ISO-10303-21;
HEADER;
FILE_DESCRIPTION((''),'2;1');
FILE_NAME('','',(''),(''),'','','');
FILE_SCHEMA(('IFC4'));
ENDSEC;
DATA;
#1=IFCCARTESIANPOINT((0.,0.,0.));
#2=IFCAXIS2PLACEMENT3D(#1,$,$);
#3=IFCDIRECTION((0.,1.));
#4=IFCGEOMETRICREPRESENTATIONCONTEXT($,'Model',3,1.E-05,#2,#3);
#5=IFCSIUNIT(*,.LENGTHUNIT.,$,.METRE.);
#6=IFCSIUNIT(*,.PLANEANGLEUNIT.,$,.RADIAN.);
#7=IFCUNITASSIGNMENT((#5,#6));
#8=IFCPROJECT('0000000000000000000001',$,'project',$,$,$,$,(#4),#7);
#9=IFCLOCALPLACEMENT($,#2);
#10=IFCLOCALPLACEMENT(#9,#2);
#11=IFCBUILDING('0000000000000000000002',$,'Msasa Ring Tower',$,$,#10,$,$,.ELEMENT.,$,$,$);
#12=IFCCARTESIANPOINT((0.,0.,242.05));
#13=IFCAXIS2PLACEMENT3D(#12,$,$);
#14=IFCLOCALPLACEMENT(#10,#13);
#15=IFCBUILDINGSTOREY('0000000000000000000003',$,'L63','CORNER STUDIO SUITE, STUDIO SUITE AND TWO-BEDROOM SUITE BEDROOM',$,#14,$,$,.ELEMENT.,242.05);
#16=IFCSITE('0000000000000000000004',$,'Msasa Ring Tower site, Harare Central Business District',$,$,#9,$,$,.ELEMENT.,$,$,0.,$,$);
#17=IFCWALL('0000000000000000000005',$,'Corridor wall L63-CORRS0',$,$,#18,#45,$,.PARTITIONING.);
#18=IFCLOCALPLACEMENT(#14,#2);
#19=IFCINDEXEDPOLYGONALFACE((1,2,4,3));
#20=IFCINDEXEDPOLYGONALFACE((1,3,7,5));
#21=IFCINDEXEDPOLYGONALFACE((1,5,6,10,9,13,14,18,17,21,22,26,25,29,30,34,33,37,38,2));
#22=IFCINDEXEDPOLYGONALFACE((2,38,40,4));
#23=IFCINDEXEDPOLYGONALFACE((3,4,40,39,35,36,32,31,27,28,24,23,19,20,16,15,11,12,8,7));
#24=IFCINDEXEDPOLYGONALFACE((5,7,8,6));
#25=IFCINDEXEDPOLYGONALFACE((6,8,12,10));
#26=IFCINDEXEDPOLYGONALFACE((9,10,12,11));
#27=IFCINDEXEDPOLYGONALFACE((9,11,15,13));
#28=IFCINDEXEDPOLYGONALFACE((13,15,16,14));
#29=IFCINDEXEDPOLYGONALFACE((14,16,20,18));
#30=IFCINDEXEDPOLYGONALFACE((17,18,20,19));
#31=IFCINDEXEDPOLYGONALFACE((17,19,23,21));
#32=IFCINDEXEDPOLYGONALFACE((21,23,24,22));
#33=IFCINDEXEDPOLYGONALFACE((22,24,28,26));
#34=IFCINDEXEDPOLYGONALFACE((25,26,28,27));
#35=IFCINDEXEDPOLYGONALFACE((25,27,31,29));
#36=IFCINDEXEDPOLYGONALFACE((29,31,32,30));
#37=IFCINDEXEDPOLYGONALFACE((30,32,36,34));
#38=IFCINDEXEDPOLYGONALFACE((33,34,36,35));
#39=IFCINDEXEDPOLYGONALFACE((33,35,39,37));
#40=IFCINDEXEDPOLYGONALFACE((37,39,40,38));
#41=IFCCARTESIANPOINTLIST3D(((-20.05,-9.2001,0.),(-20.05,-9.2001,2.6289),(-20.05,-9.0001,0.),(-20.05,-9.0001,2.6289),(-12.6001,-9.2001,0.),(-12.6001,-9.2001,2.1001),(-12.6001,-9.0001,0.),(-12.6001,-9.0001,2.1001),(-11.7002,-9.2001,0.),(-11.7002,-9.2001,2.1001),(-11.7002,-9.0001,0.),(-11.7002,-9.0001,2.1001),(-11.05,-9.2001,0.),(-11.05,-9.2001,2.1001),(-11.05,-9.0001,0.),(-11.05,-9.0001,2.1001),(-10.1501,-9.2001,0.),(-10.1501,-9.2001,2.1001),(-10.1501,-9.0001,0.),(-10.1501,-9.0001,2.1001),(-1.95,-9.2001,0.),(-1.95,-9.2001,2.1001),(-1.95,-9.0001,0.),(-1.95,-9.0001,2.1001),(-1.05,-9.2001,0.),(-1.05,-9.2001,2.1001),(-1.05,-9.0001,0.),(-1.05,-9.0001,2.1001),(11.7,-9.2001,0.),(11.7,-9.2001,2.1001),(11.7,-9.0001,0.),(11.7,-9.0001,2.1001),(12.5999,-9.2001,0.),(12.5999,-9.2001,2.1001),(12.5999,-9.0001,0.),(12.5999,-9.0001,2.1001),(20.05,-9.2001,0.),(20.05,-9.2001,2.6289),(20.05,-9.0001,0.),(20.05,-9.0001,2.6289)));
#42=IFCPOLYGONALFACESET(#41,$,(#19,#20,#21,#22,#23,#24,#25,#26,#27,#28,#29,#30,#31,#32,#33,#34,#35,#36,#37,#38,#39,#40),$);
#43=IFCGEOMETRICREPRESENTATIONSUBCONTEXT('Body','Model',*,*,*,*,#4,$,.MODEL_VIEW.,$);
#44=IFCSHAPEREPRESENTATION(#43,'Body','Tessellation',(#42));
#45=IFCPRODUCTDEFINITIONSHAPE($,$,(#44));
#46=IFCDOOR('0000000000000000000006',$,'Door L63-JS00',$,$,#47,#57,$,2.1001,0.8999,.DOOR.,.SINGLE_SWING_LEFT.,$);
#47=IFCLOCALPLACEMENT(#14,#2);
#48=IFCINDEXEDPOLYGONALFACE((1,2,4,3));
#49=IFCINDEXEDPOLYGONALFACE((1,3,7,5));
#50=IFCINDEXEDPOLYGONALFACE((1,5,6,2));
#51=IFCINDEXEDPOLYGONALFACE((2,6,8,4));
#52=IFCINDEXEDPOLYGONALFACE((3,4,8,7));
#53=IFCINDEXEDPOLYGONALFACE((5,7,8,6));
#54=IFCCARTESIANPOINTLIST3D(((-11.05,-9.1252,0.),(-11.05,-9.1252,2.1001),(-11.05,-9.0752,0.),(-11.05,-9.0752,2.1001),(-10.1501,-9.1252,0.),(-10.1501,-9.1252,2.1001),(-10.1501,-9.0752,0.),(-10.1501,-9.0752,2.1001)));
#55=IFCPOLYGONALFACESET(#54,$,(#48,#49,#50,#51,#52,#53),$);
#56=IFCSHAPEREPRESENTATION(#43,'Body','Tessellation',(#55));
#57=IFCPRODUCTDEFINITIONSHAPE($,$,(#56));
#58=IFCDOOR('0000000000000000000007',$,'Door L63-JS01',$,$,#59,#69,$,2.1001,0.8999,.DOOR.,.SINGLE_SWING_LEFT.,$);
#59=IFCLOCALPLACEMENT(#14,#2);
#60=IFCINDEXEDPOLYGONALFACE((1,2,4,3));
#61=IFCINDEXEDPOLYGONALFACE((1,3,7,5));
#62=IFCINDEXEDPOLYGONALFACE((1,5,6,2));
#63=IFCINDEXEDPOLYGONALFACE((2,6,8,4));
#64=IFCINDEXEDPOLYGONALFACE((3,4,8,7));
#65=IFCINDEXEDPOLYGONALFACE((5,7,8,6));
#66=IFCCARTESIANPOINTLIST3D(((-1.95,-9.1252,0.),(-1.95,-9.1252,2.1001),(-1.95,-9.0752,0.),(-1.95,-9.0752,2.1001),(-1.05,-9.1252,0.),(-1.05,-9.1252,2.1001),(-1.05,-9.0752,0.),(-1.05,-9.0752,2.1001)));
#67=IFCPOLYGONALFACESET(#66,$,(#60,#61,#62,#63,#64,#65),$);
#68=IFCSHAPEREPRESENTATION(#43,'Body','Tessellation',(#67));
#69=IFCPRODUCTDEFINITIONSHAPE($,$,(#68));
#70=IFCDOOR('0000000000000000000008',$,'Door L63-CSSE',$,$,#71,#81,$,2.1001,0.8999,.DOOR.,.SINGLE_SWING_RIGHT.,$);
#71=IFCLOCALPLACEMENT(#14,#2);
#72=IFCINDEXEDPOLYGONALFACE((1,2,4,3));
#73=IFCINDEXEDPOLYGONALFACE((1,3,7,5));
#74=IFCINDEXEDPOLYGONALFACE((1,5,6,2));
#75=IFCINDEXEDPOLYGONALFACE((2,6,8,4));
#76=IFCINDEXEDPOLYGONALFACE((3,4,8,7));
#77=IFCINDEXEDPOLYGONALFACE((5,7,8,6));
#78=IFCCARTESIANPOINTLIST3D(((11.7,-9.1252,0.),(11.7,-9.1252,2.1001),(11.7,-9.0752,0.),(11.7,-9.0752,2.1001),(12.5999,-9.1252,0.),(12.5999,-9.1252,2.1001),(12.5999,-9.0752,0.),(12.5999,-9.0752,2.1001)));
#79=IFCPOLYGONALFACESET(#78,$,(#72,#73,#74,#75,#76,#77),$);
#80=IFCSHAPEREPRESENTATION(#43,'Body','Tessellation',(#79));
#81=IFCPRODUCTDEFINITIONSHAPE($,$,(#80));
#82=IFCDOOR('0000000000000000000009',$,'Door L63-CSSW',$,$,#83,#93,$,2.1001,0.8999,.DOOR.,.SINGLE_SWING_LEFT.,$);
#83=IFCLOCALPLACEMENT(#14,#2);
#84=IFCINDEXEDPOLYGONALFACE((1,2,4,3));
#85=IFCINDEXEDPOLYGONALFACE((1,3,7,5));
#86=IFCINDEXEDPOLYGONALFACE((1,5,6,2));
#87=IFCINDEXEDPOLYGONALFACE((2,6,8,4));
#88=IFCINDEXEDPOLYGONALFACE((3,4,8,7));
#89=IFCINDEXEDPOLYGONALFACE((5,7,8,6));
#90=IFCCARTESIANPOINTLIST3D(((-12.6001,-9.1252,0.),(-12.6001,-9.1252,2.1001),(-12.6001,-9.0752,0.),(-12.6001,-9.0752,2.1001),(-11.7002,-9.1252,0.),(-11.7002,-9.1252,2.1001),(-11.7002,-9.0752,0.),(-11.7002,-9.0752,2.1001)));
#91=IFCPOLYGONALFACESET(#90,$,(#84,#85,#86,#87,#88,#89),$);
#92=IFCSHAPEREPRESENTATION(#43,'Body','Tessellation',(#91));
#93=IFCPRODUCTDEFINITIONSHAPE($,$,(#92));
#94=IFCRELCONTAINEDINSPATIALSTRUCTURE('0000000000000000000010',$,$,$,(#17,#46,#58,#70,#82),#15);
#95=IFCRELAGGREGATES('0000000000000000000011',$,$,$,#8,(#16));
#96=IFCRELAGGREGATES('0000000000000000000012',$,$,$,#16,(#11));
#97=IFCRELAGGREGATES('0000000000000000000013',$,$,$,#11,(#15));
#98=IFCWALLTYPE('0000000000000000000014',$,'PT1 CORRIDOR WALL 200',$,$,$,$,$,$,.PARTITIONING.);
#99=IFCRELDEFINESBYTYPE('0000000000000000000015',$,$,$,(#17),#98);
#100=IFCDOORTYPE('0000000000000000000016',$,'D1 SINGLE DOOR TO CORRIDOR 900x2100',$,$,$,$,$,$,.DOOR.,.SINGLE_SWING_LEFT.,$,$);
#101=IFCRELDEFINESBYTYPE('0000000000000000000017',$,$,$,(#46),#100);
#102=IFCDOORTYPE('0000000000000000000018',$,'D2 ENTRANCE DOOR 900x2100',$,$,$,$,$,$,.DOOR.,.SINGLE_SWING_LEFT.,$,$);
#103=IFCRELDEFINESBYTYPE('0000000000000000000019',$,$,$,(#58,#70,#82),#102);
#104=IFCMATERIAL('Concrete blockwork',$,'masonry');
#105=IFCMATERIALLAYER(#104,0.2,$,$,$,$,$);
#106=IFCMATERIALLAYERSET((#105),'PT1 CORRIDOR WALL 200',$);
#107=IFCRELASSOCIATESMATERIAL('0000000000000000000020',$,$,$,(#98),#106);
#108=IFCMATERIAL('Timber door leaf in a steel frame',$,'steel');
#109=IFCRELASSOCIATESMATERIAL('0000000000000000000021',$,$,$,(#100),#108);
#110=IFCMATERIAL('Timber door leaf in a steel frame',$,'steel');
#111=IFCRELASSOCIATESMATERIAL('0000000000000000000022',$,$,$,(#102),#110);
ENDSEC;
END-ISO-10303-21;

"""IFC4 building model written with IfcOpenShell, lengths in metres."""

from ifc_helpers import new_model, si_unit, direction, frame, frame_2d, origin, place, context, subcontext, project, spatial, rectangle, extrude, material, layer, layer_set, type_object, element, fill, save


model = new_model("IFC4")

# Units and contexts
model_context = context("Model", 3, precision=1e-05, world=origin(), true_north=direction((0.0, 1.0)))
body_context = subcontext(model_context, "Body", "Model", "MODEL_VIEW")
ifc_project = project(units=[si_unit("LENGTHUNIT", "METRE"), si_unit("PLANEANGLEUNIT", "RADIAN")], contexts=[model_context])

# Site, building, storey
site_placement = place(None, origin())
site = spatial("IfcSite", under=ifc_project, at=site_placement, Name="Msasa Ring Tower site, Harare Central Business District", CompositionType="ELEMENT", RefElevation=0.0)
building_placement = place(site_placement, origin())
building = spatial("IfcBuilding", under=site, at=building_placement, Name="Msasa Ring Tower", CompositionType="ELEMENT")
storey_placement = place(building_placement, frame((0.0, 0.0, 242.05)))
storey = spatial("IfcBuildingStorey", under=building, at=storey_placement, Name="L63", Description="CORNER STUDIO SUITE, STUDIO SUITE AND TWO-BEDROOM SUITE BEDROOM", CompositionType="ELEMENT", Elevation=242.05)

# Wall, openings, doors
ifc_material_1 = material(Name="Concrete blockwork", Category="masonry")
ifc_layer_1 = layer(ifc_material_1, 0.2)
ifc_layer_set_1 = layer_set([ifc_layer_1], Name="PT1 CORRIDOR WALL 200")
wall_type_1 = type_object("IfcWallType", Name="PT1 CORRIDOR WALL 200", PredefinedType="PARTITIONING", material=ifc_layer_set_1)
wall_1_placement = place(storey_placement, frame((-20.05, -9.1001, 0.0), z_axis=(0.0, 0.0, 1.0), x_axis=(1.0, 0.0, 0.0)))
wall_1 = element("IfcWall", 1, at=wall_1_placement, inside=storey, type_object=wall_type_1, Name="Corridor wall L63-CORRS0", PredefinedType="PARTITIONING", context=body_context, shape_type="SweptSolid", body=[
    extrude(rectangle(XDim=40.1001, YDim=0.2, at=frame_2d((20.05, 0.0))), origin(), (0.0, 0.0, 1.0), 2.6289),
])
opening_1_placement = place(wall_1_placement, frame((9.0, 0.0, 0.0)))
opening_1 = element("IfcOpeningElement", 2, at=opening_1_placement, cuts=wall_1, PredefinedType="OPENING", context=body_context, shape_type="SweptSolid", body=[
    extrude(rectangle(XDim=0.8999, YDim=2.1001, at=frame_2d((0.45, 1.05))), frame((0.0, 0.1099, 0.0), z_axis=(0.0, -1.0, 0.0), x_axis=(1.0, 0.0, 0.0)), (0.0, 0.0, 1.0), 0.22),
])
opening_2_placement = place(wall_1_placement, frame((18.1001, 0.0, 0.0)))
opening_2 = element("IfcOpeningElement", 3, at=opening_2_placement, cuts=wall_1, PredefinedType="OPENING", context=body_context, shape_type="SweptSolid", body=[
    extrude(rectangle(XDim=0.8999, YDim=2.1001, at=frame_2d((0.45, 1.05))), frame((0.0, 0.1099, 0.0), z_axis=(0.0, -1.0, 0.0), x_axis=(1.0, 0.0, 0.0)), (0.0, 0.0, 1.0), 0.22),
])
opening_3_placement = place(wall_1_placement, frame((31.75, 0.0, 0.0)))
opening_3 = element("IfcOpeningElement", 4, at=opening_3_placement, cuts=wall_1, PredefinedType="OPENING", context=body_context, shape_type="SweptSolid", body=[
    extrude(rectangle(XDim=0.8999, YDim=2.1001, at=frame_2d((0.45, 1.05))), frame((0.0, 0.1099, 0.0), z_axis=(0.0, -1.0, 0.0), x_axis=(1.0, 0.0, 0.0)), (0.0, 0.0, 1.0), 0.22),
])
opening_4_placement = place(wall_1_placement, frame((7.45, 0.0, 0.0)))
opening_4 = element("IfcOpeningElement", 5, at=opening_4_placement, cuts=wall_1, PredefinedType="OPENING", context=body_context, shape_type="SweptSolid", body=[
    extrude(rectangle(XDim=0.8999, YDim=2.1001, at=frame_2d((0.45, 1.05))), frame((0.0, 0.1099, 0.0), z_axis=(0.0, -1.0, 0.0), x_axis=(1.0, 0.0, 0.0)), (0.0, 0.0, 1.0), 0.22),
])
ifc_material_2 = material(Name="Timber door leaf in a steel frame", Category="steel")
door_type_1 = type_object("IfcDoorType", Name="D1 SINGLE DOOR TO CORRIDOR 900x2100", OperationType="SINGLE_SWING_LEFT", PredefinedType="DOOR", material=ifc_material_2)
door_1_placement = place(opening_1_placement, origin())
door_1 = element("IfcDoor", 6, at=door_1_placement, inside=storey, type_object=door_type_1, Name="Door L63-JS00", OperationType="SINGLE_SWING_LEFT", OverallHeight=2.1001, OverallWidth=0.8999, PredefinedType="DOOR", context=body_context, shape_type="SweptSolid", body=[
    extrude(rectangle(XDim=0.8999, YDim=2.1001, at=frame_2d((0.45, 1.05))), frame((0.0, 0.0249, 0.0), z_axis=(0.0, -1.0, 0.0), x_axis=(1.0, 0.0, 0.0)), (0.0, 0.0, 1.0), 0.05),
])
fill(opening_1, door_1)
ifc_material_3 = material(Name="Timber door leaf in a steel frame", Category="steel")
door_type_2 = type_object("IfcDoorType", Name="D2 ENTRANCE DOOR 900x2100", OperationType="SINGLE_SWING_LEFT", PredefinedType="DOOR", material=ifc_material_3)
door_2_placement = place(opening_2_placement, origin())
door_2 = element("IfcDoor", 7, at=door_2_placement, inside=storey, type_object=door_type_2, Name="Door L63-JS01", OperationType="SINGLE_SWING_LEFT", OverallHeight=2.1001, OverallWidth=0.8999, PredefinedType="DOOR", context=body_context, shape_type="SweptSolid", body=[
    extrude(rectangle(XDim=0.8999, YDim=2.1001, at=frame_2d((0.45, 1.05))), frame((0.0, 0.0249, 0.0), z_axis=(0.0, -1.0, 0.0), x_axis=(1.0, 0.0, 0.0)), (0.0, 0.0, 1.0), 0.05),
])
fill(opening_2, door_2)
door_3_placement = place(opening_3_placement, origin())
door_3 = element("IfcDoor", 8, at=door_3_placement, inside=storey, type_object=door_type_2, Name="Door L63-CSSE", OperationType="SINGLE_SWING_RIGHT", OverallHeight=2.1001, OverallWidth=0.8999, PredefinedType="DOOR", context=body_context, shape_type="SweptSolid", body=[
    extrude(rectangle(XDim=0.8999, YDim=2.1001, at=frame_2d((0.45, 1.05))), frame((0.0, 0.0249, 0.0), z_axis=(0.0, -1.0, 0.0), x_axis=(1.0, 0.0, 0.0)), (0.0, 0.0, 1.0), 0.05),
])
fill(opening_3, door_3)
door_4_placement = place(opening_4_placement, origin())
door_4 = element("IfcDoor", 9, at=door_4_placement, inside=storey, type_object=door_type_2, Name="Door L63-CSSW", OperationType="SINGLE_SWING_LEFT", OverallHeight=2.1001, OverallWidth=0.8999, PredefinedType="DOOR", context=body_context, shape_type="SweptSolid", body=[
    extrude(rectangle(XDim=0.8999, YDim=2.1001, at=frame_2d((0.45, 1.05))), frame((0.0, 0.0249, 0.0), z_axis=(0.0, -1.0, 0.0), x_axis=(1.0, 0.0, 0.0)), (0.0, 0.0, 1.0), 0.05),
])
fill(opening_4, door_4)

save(model, "model.ifc")
